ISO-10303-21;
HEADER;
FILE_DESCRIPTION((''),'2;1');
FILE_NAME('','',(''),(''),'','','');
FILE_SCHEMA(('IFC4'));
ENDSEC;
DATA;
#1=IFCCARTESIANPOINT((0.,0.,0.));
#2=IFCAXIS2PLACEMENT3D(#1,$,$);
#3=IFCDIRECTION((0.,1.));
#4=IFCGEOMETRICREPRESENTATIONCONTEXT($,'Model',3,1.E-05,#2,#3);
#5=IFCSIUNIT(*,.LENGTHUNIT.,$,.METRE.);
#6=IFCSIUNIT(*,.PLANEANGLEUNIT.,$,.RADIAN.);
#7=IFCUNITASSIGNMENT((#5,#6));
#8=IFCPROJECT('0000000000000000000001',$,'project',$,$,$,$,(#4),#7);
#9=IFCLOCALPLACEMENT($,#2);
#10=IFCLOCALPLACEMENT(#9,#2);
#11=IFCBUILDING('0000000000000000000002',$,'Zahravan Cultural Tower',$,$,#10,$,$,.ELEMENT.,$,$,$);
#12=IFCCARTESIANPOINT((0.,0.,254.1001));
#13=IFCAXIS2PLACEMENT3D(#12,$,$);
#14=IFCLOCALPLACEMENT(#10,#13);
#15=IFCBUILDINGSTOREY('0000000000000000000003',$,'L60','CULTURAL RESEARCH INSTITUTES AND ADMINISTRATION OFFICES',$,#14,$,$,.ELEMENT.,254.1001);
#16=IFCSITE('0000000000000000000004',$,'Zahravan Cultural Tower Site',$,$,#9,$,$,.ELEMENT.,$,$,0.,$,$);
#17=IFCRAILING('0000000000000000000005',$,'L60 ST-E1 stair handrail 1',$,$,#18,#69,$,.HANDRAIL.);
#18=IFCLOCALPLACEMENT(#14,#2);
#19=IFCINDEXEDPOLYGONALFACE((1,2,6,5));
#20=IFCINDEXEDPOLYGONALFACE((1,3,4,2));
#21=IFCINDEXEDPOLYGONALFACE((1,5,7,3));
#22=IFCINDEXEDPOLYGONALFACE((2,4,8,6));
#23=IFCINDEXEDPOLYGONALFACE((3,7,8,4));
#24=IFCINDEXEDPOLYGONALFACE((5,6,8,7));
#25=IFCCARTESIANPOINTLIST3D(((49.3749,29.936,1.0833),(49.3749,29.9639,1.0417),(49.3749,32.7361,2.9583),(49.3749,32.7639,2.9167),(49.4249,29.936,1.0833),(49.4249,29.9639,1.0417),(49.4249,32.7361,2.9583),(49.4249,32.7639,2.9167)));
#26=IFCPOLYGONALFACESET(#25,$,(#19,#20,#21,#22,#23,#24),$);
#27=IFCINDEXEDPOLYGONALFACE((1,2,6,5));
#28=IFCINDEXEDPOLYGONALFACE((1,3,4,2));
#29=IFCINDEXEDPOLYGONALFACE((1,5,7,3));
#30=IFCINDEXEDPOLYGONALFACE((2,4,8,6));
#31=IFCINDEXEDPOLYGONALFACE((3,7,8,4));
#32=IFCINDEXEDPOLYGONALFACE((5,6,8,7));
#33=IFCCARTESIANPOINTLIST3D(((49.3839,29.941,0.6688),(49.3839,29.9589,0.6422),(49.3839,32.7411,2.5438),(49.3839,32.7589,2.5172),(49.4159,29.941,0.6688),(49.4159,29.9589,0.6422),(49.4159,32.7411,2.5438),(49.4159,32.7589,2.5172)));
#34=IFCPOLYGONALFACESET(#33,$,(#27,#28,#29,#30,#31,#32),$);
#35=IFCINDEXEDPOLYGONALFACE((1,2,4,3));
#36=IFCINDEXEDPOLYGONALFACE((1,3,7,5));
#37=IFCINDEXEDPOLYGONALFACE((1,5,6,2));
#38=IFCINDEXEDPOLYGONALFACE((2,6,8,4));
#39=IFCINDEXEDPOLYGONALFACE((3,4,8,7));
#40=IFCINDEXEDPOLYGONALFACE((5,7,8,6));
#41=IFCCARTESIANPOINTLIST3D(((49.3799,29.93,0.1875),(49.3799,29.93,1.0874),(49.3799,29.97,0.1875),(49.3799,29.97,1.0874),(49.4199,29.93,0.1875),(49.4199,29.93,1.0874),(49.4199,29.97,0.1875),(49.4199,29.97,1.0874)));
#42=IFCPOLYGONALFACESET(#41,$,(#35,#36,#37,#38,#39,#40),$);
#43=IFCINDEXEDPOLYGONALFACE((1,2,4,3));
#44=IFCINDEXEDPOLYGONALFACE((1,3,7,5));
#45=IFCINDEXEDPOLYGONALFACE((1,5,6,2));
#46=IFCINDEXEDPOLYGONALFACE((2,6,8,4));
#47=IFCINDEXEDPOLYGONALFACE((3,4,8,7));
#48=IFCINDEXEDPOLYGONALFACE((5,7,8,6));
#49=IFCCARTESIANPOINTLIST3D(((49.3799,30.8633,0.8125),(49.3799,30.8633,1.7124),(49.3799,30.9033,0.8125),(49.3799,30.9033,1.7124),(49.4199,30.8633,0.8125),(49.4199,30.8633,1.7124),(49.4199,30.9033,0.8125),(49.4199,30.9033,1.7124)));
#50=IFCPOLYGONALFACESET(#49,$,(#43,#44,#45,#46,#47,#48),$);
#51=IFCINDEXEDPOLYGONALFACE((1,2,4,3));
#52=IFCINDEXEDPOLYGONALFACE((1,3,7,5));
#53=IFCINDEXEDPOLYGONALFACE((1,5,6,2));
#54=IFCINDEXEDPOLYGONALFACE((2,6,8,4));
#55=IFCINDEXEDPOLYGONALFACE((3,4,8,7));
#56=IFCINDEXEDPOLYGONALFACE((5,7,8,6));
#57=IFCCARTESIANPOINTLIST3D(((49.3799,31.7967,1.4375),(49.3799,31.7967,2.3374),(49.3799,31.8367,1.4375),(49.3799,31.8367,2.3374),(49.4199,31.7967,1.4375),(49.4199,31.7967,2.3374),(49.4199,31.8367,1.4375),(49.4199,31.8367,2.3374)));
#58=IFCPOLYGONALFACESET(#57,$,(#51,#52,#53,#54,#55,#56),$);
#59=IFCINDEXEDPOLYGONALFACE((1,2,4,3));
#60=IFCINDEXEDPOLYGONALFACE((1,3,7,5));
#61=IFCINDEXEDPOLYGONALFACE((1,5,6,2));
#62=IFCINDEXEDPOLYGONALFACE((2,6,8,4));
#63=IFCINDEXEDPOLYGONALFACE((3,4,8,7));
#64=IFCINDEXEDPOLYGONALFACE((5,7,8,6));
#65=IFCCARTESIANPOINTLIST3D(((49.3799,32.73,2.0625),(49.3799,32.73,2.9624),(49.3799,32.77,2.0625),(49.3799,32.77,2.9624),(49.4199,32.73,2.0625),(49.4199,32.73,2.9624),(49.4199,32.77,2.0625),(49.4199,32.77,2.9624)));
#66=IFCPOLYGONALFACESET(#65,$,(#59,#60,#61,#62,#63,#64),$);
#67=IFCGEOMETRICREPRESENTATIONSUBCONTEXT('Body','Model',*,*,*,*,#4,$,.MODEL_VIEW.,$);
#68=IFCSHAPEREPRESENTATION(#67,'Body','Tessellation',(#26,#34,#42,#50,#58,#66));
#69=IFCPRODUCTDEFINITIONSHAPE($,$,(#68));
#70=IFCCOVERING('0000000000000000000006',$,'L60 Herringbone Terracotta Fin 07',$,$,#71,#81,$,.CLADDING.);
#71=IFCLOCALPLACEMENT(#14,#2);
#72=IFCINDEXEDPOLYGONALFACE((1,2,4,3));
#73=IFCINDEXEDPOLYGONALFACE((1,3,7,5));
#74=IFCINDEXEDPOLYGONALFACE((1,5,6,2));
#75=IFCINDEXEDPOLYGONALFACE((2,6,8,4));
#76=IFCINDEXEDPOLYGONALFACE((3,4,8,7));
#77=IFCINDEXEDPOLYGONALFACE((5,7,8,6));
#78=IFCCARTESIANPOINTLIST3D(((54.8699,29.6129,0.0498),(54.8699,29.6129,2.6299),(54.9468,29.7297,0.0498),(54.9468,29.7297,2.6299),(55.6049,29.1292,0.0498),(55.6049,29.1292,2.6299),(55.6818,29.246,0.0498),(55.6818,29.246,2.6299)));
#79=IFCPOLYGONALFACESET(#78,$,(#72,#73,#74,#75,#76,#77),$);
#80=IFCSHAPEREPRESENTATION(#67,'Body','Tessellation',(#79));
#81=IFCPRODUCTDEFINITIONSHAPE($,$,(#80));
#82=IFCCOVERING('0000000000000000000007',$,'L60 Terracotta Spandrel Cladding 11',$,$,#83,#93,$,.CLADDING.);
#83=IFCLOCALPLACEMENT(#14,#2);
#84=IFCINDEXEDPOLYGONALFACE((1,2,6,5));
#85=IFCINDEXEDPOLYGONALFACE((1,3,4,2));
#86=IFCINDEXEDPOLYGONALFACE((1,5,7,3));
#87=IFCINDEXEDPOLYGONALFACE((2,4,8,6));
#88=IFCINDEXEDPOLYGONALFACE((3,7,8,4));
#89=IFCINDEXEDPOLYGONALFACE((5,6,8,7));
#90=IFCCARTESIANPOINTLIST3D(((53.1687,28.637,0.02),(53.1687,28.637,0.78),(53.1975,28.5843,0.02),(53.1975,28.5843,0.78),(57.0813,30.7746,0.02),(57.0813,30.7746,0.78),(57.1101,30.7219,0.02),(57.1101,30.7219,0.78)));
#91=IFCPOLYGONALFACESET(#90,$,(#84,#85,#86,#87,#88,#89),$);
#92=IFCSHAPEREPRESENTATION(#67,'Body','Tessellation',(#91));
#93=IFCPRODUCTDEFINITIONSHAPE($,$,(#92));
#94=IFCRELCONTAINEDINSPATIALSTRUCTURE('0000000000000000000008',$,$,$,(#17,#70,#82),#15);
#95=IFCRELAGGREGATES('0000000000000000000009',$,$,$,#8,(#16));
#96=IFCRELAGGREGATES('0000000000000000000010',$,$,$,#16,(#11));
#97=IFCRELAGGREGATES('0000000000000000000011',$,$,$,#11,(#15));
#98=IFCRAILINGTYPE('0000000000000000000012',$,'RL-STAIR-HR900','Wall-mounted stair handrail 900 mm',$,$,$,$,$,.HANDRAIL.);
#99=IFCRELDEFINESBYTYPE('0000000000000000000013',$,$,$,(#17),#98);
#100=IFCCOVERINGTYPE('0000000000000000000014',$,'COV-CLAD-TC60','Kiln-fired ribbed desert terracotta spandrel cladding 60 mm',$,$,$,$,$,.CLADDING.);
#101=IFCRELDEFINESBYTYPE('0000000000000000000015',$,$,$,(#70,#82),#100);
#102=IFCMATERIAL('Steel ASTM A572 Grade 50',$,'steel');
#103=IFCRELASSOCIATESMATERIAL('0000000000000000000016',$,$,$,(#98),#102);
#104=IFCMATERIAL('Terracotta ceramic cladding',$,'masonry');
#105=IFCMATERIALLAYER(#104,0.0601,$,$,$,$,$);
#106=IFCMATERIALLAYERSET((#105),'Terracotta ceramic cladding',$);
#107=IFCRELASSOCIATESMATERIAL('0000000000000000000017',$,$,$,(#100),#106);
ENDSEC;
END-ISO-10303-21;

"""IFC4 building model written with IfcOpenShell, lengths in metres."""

from ifc_helpers import new_model, si_unit, direction, frame, origin, origin_2d, place, context, subcontext, project, spatial, rectangle, extrude, source, transform, mapped, material, layer, layer_set, type_object, element, save


model = new_model("IFC4")

# Units and contexts
model_context = context("Model", 3, precision=1e-05, world=origin(), true_north=direction((0.0, 1.0)))
body_context = subcontext(model_context, "Body", "Model", "MODEL_VIEW")
ifc_project = project(units=[si_unit("LENGTHUNIT", "METRE"), si_unit("PLANEANGLEUNIT", "RADIAN")], contexts=[model_context])

# Site, building, storey
site_placement = place(None, origin())
site = spatial("IfcSite", under=ifc_project, at=site_placement, Name="Zahravan Cultural Tower Site", CompositionType="ELEMENT", RefElevation=0.0)
building_placement = place(site_placement, origin())
building = spatial("IfcBuilding", under=site, at=building_placement, Name="Zahravan Cultural Tower", CompositionType="ELEMENT")
storey_placement = place(building_placement, frame((0.0, 0.0, 254.1001)))
storey = spatial("IfcBuildingStorey", under=building, at=storey_placement, Name="L60", Description="CULTURAL RESEARCH INSTITUTES AND ADMINISTRATION OFFICES", CompositionType="ELEMENT", Elevation=254.1001)

# Railing
ifc_material_1 = material(Name="Steel ASTM A572 Grade 50", Category="steel")
railing_type_1 = type_object("IfcRailingType", Name="RL-STAIR-HR900", Description="Wall-mounted stair handrail 900 mm", PredefinedType="HANDRAIL", material=ifc_material_1)
railing_1_placement = place(storey_placement, frame((49.3999, 29.95, 0.1875)))
element("IfcRailing", 1, at=railing_1_placement, inside=storey, type_object=railing_type_1, Name="L60 ST-E1 stair handrail 1", PredefinedType="HANDRAIL", context=body_context, shape_type="SweptSolid", body=[
    extrude(rectangle(XDim=0.05, YDim=0.05, at=origin_2d()), frame((0.0, 0.0, 0.875), z_axis=(0.0, 0.830912, 0.556404), x_axis=(-1.0, 0.0, 0.0)), (0.0, 0.0, 1.0), 3.3699),
    extrude(rectangle(XDim=0.032, YDim=0.032, at=origin_2d()), frame((0.0, 0.0, 0.468), z_axis=(0.0, 0.830912, 0.556404), x_axis=(-1.0, 0.0, 0.0)), (0.0, 0.0, 1.0), 3.3699),
    extrude(rectangle(XDim=0.04, YDim=0.04, at=origin_2d()), origin(), (0.0, 0.0, 1.0), 0.8999),
    extrude(rectangle(XDim=0.04, YDim=0.04, at=origin_2d()), frame((0.0, 0.9333, 0.625)), (0.0, 0.0, 1.0), 0.8999),
    extrude(rectangle(XDim=0.04, YDim=0.04, at=origin_2d()), frame((0.0, 1.8667, 1.25)), (0.0, 0.0, 1.0), 0.8999),
    extrude(rectangle(XDim=0.04, YDim=0.04, at=origin_2d()), frame((0.0, 2.8, 1.875)), (0.0, 0.0, 1.0), 0.8999),
])

# Coverings
ifc_material_2 = material(Name="Terracotta ceramic cladding", Category="masonry")
ifc_layer_1 = layer(ifc_material_2, 0.0601)
ifc_layer_set_1 = layer_set([ifc_layer_1], Name="Terracotta ceramic cladding")
covering_type = type_object("IfcCoveringType", Name="COV-CLAD-TC60", Description="Kiln-fired ribbed desert terracotta spandrel cladding 60 mm", PredefinedType="CLADDING", material=ifc_layer_set_1)
shared_shape_1 = source(origin(), body_context, "Body", "SweptSolid", [
    extrude(rectangle(XDim=0.8799, YDim=0.1399, at=origin_2d()), origin(), (0.0, 0.0, 1.0), 2.5801),
])
covering_1_placement = place(storey_placement, frame((55.2759, 29.4294, 0.0498), z_axis=(0.0, 0.0, 1.0), x_axis=(0.835328, -0.549752, 0.0)))
element("IfcCovering", 2, at=covering_1_placement, inside=storey, type_object=covering_type, Name="L60 Herringbone Terracotta Fin 07", PredefinedType="CLADDING", context=body_context, shape_type="MappedRepresentation", body=[
    mapped(shared_shape_1, transform((0.0, 0.0, 0.0), x_axis=(1.0, 0.0, 0.0), y_axis=(0.0, 1.0, 0.0), z_axis=(0.0, 0.0, 1.0), scale=1.0)),
])
shared_shape_2 = source(origin(), body_context, "Body", "SweptSolid", [
    extrude(rectangle(XDim=4.4585, YDim=0.0601, at=origin_2d()), origin(), (0.0, 0.0, 1.0), 0.76),
])
covering_2_placement = place(storey_placement, frame((55.1394, 29.6794, 0.02), z_axis=(0.0, 0.0, 1.0), x_axis=(-0.877565, -0.479458, 0.0)))
element("IfcCovering", 3, at=covering_2_placement, inside=storey, type_object=covering_type, Name="L60 Terracotta Spandrel Cladding 11", PredefinedType="CLADDING", context=body_context, shape_type="MappedRepresentation", body=[
    mapped(shared_shape_2, transform((0.0, 0.0, 0.0), x_axis=(1.0, 0.0, 0.0), y_axis=(0.0, 1.0, 0.0), z_axis=(0.0, 0.0, 1.0), scale=1.0)),
])

save(model, "model.ifc")
